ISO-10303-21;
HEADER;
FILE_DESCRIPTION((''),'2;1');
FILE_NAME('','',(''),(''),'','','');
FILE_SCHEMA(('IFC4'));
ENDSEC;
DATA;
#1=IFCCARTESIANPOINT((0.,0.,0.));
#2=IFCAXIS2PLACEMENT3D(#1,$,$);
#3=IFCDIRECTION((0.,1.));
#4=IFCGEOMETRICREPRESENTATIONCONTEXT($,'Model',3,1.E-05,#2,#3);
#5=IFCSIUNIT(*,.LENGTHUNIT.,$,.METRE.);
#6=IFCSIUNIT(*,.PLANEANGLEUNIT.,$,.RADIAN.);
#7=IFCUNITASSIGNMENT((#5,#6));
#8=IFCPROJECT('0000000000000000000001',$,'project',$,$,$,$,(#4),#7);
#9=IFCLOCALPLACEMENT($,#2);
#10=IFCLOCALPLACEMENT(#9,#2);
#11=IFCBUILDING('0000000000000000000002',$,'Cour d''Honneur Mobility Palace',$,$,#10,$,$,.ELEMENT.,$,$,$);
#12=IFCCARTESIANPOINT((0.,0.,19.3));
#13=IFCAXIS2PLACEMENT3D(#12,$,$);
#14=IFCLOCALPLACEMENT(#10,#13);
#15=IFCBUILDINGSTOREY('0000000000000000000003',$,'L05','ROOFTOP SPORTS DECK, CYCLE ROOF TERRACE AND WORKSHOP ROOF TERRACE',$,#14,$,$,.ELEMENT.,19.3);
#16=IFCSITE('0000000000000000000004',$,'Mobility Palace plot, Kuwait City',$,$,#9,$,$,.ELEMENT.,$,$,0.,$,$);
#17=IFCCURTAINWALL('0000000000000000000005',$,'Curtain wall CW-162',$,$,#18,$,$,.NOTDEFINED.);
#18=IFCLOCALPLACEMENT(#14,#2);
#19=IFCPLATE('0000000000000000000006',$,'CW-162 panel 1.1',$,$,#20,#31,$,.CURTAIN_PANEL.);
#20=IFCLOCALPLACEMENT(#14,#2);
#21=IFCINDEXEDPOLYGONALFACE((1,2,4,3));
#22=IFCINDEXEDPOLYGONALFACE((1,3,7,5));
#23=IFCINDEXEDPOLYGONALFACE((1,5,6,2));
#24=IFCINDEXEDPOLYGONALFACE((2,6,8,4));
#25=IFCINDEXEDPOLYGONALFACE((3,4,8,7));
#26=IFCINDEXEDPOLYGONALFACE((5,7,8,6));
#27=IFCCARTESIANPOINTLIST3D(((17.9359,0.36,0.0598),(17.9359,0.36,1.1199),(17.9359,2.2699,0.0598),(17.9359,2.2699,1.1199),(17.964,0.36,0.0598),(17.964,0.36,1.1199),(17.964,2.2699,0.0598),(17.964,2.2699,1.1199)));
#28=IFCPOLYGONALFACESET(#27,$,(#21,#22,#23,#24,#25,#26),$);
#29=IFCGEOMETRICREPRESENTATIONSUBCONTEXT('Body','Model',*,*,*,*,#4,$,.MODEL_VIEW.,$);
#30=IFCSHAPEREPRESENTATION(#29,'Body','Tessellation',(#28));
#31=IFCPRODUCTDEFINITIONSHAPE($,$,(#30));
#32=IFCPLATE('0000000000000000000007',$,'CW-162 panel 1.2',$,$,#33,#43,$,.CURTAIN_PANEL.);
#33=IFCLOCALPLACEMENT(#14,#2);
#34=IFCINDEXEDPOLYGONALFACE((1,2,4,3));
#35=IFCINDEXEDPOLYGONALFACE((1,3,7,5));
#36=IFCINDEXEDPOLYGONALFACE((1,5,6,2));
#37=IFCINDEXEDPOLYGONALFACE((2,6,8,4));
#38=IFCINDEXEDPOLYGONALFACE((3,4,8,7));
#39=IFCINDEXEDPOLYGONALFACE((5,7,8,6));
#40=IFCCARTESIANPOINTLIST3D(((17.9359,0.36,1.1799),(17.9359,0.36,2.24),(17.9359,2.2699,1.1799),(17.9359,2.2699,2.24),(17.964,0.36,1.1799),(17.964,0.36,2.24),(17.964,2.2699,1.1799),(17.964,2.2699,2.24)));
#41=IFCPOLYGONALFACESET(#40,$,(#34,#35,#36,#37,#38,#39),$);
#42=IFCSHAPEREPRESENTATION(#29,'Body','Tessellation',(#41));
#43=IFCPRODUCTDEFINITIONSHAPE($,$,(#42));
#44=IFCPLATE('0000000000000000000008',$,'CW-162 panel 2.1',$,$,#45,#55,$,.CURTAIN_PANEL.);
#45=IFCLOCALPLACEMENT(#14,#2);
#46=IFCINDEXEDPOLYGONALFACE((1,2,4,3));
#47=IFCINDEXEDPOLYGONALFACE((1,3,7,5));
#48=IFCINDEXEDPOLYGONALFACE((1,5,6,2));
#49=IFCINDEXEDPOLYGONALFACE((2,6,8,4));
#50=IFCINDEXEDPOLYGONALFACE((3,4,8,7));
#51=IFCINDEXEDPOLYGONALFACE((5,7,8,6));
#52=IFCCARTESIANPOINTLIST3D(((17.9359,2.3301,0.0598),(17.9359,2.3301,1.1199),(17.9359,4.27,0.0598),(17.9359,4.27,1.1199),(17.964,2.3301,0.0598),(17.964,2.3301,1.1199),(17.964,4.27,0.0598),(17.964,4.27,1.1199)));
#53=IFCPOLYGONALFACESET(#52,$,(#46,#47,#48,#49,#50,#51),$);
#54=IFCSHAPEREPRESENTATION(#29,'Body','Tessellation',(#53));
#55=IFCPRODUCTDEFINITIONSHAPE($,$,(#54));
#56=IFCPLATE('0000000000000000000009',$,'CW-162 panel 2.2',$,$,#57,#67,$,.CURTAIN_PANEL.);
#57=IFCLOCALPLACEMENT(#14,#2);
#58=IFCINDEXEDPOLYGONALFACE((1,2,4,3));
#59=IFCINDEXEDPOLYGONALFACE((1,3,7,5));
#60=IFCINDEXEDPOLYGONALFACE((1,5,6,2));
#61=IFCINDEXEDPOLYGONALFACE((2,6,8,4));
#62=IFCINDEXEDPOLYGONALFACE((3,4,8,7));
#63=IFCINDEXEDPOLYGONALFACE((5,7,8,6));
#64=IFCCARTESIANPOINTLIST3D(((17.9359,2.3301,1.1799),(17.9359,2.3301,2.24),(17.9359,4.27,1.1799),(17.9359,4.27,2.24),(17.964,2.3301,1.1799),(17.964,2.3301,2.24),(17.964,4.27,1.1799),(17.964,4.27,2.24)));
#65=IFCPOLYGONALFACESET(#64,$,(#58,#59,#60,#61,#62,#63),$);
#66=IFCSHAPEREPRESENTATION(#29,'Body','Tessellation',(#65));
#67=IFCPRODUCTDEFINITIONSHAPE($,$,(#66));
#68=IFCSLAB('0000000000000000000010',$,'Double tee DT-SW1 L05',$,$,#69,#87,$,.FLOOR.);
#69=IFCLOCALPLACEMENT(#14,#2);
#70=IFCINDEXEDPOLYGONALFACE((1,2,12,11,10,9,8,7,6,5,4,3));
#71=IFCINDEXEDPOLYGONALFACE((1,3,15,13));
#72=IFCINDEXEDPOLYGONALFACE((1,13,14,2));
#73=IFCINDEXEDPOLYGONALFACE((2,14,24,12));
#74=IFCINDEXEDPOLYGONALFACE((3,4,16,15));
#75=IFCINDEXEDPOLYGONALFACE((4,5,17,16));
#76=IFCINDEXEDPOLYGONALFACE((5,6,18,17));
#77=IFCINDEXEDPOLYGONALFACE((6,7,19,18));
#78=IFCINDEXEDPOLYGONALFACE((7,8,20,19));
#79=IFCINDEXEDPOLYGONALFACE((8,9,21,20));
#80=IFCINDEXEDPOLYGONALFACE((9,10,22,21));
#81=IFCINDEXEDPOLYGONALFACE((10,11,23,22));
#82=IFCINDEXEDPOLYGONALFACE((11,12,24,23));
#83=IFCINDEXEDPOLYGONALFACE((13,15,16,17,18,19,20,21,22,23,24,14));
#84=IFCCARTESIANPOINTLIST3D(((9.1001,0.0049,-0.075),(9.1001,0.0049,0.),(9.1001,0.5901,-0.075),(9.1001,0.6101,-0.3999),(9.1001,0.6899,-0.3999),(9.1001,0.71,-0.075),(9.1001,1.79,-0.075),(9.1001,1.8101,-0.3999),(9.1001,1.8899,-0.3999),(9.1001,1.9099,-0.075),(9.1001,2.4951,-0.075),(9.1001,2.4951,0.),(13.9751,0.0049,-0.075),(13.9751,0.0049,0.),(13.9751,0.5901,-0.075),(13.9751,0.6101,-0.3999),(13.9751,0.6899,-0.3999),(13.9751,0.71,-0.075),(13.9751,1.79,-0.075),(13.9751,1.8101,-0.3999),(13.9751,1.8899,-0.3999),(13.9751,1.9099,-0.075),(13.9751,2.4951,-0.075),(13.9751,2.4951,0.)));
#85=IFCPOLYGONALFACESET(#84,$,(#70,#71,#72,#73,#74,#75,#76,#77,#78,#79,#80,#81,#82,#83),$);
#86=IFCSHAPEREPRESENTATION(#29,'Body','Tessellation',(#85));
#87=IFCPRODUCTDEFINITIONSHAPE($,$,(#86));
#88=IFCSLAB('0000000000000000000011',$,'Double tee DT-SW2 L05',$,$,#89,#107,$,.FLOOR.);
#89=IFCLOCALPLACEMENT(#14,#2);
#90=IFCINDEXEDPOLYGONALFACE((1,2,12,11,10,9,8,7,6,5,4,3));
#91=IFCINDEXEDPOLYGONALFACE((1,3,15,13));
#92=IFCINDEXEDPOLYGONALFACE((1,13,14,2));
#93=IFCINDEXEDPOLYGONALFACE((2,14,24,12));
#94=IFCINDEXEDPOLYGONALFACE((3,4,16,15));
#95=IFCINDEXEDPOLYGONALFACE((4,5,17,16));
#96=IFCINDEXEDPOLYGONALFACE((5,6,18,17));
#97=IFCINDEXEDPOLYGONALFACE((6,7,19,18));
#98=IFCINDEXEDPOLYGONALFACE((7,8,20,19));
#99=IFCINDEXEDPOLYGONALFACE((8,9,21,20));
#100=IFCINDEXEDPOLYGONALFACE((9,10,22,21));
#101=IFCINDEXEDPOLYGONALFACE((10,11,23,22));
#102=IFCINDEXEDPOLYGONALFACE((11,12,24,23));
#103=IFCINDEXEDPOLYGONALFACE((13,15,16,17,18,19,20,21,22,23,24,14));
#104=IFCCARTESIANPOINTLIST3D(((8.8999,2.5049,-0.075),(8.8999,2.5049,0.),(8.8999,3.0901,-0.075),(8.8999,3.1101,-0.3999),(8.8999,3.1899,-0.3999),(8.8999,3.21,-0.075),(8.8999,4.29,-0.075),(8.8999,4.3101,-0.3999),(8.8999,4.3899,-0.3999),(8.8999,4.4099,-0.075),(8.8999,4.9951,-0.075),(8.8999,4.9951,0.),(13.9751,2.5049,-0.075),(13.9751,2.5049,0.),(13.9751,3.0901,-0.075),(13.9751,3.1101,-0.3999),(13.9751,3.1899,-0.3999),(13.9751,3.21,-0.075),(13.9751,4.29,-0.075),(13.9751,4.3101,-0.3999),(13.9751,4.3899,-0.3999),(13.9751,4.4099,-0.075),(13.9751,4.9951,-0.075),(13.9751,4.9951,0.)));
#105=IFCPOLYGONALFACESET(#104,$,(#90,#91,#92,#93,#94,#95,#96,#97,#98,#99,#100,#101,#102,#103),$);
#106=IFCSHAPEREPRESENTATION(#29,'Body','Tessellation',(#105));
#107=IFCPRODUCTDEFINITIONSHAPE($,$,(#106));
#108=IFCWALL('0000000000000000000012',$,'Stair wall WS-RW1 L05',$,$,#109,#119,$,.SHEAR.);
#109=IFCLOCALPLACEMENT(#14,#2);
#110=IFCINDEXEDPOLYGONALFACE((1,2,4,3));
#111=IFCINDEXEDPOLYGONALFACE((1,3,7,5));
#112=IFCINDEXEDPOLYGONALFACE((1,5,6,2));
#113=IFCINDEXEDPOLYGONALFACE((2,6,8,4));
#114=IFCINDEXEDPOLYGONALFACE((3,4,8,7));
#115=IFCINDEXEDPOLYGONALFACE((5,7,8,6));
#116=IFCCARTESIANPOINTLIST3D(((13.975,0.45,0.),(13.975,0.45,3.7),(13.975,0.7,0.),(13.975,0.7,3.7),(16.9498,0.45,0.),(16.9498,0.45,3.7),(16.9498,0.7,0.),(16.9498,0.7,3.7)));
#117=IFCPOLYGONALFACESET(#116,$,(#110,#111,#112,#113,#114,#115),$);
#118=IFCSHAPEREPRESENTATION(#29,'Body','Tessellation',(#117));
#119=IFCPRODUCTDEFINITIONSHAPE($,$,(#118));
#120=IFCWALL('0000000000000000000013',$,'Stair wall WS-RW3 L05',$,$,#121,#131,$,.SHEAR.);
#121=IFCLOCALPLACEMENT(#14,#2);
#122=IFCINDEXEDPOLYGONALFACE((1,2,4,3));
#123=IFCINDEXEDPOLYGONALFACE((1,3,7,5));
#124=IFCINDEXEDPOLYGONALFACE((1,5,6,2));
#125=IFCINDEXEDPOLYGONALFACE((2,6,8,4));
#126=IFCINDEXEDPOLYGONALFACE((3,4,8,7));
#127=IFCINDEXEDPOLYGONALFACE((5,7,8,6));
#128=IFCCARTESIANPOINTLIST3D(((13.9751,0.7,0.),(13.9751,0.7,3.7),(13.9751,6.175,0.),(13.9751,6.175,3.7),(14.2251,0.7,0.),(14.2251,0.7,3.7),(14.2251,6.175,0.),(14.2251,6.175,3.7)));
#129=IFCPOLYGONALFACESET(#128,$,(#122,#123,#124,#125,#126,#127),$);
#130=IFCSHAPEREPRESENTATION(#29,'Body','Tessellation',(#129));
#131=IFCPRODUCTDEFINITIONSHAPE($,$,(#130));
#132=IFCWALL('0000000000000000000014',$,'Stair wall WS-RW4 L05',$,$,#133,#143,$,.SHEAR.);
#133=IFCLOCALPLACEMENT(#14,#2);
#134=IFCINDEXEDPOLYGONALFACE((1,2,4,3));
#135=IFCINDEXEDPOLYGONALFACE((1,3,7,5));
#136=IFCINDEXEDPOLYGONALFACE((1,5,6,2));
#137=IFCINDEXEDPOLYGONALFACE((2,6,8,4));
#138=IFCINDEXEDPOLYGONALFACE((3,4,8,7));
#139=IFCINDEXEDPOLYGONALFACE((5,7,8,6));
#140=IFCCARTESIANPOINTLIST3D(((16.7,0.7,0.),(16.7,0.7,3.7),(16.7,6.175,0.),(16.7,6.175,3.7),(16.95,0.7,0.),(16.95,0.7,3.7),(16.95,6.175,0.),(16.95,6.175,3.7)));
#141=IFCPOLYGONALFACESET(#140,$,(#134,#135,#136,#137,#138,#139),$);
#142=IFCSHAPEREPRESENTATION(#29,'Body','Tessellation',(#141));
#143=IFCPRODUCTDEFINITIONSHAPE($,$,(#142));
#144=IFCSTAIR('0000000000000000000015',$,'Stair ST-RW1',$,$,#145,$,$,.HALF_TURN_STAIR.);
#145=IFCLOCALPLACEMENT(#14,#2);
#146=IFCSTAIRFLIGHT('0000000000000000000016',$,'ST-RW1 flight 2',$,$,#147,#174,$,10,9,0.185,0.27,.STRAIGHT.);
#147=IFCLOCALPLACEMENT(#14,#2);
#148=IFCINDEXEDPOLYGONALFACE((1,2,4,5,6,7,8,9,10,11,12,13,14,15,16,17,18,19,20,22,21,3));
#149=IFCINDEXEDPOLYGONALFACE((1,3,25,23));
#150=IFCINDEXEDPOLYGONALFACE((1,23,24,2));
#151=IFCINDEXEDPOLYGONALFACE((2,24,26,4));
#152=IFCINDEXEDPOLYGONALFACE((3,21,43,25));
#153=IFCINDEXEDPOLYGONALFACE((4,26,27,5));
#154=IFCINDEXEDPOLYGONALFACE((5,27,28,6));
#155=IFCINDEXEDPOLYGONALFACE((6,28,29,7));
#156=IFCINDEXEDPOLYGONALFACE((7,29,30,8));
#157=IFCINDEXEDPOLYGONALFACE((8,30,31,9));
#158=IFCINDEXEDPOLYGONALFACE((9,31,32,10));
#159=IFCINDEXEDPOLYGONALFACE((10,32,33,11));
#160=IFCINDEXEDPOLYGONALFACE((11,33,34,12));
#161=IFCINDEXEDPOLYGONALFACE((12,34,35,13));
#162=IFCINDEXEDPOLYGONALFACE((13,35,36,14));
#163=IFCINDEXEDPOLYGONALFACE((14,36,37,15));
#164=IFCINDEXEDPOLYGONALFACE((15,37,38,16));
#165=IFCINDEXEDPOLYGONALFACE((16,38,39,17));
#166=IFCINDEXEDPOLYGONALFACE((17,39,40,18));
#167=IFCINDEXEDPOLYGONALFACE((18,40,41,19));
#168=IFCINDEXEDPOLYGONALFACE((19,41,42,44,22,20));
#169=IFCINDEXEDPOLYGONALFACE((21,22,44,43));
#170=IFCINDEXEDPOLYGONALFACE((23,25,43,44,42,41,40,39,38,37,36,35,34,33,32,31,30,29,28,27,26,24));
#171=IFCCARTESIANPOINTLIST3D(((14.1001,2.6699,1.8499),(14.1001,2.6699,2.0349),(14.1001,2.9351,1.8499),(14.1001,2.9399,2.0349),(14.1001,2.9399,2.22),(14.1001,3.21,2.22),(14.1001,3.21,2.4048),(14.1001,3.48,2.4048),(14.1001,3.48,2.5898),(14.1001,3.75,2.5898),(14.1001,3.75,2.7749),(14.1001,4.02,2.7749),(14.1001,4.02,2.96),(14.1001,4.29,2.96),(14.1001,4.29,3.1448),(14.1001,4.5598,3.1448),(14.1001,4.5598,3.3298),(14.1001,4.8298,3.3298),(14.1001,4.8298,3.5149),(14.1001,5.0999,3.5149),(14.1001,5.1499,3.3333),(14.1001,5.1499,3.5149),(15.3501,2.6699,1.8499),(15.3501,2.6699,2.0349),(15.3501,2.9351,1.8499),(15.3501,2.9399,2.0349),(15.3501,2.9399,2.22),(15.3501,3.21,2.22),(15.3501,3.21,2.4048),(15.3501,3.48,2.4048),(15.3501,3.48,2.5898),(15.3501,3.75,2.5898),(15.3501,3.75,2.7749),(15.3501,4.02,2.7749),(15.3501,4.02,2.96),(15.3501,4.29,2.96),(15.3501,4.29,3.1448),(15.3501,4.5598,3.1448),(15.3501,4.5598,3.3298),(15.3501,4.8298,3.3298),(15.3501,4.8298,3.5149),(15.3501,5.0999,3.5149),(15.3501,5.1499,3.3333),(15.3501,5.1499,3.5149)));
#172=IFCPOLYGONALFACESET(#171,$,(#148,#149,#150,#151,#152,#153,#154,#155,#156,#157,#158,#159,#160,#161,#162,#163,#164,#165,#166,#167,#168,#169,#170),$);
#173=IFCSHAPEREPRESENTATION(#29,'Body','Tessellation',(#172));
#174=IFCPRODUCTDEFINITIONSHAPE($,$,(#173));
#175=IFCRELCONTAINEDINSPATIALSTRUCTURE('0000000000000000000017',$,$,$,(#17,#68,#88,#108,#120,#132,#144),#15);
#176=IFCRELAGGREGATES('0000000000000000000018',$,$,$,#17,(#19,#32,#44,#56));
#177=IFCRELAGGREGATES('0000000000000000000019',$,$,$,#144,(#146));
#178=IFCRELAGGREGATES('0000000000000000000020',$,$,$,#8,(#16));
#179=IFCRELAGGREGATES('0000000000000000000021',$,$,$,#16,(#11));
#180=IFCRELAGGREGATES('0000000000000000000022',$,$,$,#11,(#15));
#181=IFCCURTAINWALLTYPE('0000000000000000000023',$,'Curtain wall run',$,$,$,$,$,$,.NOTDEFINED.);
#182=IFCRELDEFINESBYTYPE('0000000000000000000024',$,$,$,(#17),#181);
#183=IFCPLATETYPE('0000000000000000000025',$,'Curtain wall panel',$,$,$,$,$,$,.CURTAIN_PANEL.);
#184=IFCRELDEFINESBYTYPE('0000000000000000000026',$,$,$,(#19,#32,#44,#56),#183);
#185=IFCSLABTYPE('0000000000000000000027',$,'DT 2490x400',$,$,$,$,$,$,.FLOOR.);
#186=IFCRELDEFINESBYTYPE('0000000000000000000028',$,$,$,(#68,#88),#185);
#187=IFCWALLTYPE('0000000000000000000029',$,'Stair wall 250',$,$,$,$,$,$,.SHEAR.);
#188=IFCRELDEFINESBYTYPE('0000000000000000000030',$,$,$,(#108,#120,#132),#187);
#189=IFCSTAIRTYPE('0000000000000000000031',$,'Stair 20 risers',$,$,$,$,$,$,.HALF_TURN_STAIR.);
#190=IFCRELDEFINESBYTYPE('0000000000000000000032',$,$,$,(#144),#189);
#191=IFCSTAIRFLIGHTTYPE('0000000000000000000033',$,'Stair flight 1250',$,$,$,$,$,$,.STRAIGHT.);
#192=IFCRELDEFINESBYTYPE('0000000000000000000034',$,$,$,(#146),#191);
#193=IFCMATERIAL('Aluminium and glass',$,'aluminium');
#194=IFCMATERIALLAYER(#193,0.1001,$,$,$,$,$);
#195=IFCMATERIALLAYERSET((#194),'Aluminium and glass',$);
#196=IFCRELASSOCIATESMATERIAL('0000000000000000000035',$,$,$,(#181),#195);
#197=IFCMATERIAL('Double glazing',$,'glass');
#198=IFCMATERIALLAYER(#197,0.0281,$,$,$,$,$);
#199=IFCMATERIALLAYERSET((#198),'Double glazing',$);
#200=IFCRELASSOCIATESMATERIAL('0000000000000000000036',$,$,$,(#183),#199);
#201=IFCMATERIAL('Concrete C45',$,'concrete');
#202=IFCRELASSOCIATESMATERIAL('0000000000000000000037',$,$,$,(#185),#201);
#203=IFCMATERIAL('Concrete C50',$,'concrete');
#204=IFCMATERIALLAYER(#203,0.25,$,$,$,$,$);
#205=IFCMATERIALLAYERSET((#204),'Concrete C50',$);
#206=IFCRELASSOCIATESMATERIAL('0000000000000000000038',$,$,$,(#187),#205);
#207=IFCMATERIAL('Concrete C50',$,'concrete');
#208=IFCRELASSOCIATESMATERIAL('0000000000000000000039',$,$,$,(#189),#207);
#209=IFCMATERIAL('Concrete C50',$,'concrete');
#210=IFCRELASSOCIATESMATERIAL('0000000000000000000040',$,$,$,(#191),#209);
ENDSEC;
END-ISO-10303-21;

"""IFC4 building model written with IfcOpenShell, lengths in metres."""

from ifc_helpers import new_model, si_unit, direction, frame, frame_2d, origin, origin_2d, place, context, subcontext, project, spatial, polyline, rectangle, outline, extrude, material, layer, layer_set, material_profile, profile_set, type_object, element, aggregate, save


model = new_model("IFC4")

# Units and contexts
model_context = context("Model", 3, precision=1e-05, world=origin(), true_north=direction((0.0, 1.0)))
body_context = subcontext(model_context, "Body", "Model", "MODEL_VIEW")
ifc_project = project(units=[si_unit("LENGTHUNIT", "METRE"), si_unit("PLANEANGLEUNIT", "RADIAN")], contexts=[model_context])

# Site, building, storey
site_placement = place(None, origin())
site = spatial("IfcSite", under=ifc_project, at=site_placement, Name="Mobility Palace plot, Kuwait City", CompositionType="ELEMENT", RefElevation=0.0)
building_placement = place(site_placement, origin())
building = spatial("IfcBuilding", under=site, at=building_placement, Name="Cour d'Honneur Mobility Palace", CompositionType="ELEMENT")
storey_placement = place(building_placement, frame((0.0, 0.0, 19.3)))
storey = spatial("IfcBuildingStorey", under=building, at=storey_placement, Name="L05", Description="ROOFTOP SPORTS DECK, CYCLE ROOF TERRACE AND WORKSHOP ROOF TERRACE", CompositionType="ELEMENT", Elevation=19.3)

# Curtain wall
ifc_material_1 = material(Name="Aluminium and glass", Category="aluminium")
ifc_layer_1 = layer(ifc_material_1, 0.1001)
ifc_layer_set_1 = layer_set([ifc_layer_1], Name="Aluminium and glass")
curtain_wall_type = type_object("IfcCurtainWallType", Name="Curtain wall run", PredefinedType="NOTDEFINED", material=ifc_layer_set_1)
curtain_wall_placement = place(storey_placement, origin())
curtain_wall = element("IfcCurtainWall", 1, at=curtain_wall_placement, inside=storey, type_object=curtain_wall_type, Name="Curtain wall CW-162", PredefinedType="NOTDEFINED")

# Plates
ifc_material_2 = material(Name="Double glazing", Category="glass")
ifc_layer_2 = layer(ifc_material_2, 0.0281)
ifc_layer_set_2 = layer_set([ifc_layer_2], Name="Double glazing")
plate_type = type_object("IfcPlateType", Name="Curtain wall panel", PredefinedType="CURTAIN_PANEL", material=ifc_layer_set_2)
plate_1_placement = place(storey_placement, frame((17.95, 1.3149, 0.0598), z_axis=(0.0, 0.0, 1.0), x_axis=(0.0, 1.0, 0.0)))
plate_1 = element("IfcPlate", 2, at=plate_1_placement, type_object=plate_type, Name="CW-162 panel 1.1", PredefinedType="CURTAIN_PANEL", context=body_context, shape_type="SweptSolid", body=[
    extrude(rectangle(XDim=1.9099, YDim=0.0281, at=origin_2d()), origin(), (0.0, 0.0, 1.0), 1.0601),
])
plate_2_placement = place(storey_placement, frame((17.95, 1.3149, 1.1799), z_axis=(0.0, 0.0, 1.0), x_axis=(0.0, 1.0, 0.0)))
plate_2 = element("IfcPlate", 3, at=plate_2_placement, type_object=plate_type, Name="CW-162 panel 1.2", PredefinedType="CURTAIN_PANEL", context=body_context, shape_type="SweptSolid", body=[
    extrude(rectangle(XDim=1.9099, YDim=0.0281, at=origin_2d()), origin(), (0.0, 0.0, 1.0), 1.0601),
])
plate_3_placement = place(storey_placement, frame((17.95, 3.3, 0.0598), z_axis=(0.0, 0.0, 1.0), x_axis=(0.0, 1.0, 0.0)))
plate_3 = element("IfcPlate", 4, at=plate_3_placement, type_object=plate_type, Name="CW-162 panel 2.1", PredefinedType="CURTAIN_PANEL", context=body_context, shape_type="SweptSolid", body=[
    extrude(rectangle(XDim=1.9399, YDim=0.0281, at=origin_2d()), origin(), (0.0, 0.0, 1.0), 1.0601),
])
plate_4_placement = place(storey_placement, frame((17.95, 3.3, 1.1799), z_axis=(0.0, 0.0, 1.0), x_axis=(0.0, 1.0, 0.0)))
plate_4 = element("IfcPlate", 5, at=plate_4_placement, type_object=plate_type, Name="CW-162 panel 2.2", PredefinedType="CURTAIN_PANEL", context=body_context, shape_type="SweptSolid", body=[
    extrude(rectangle(XDim=1.9399, YDim=0.0281, at=origin_2d()), origin(), (0.0, 0.0, 1.0), 1.0601),
])
aggregate(curtain_wall, [plate_1, plate_2, plate_3, plate_4])

# Slabs
ifc_material_3 = material(Name="Concrete C45", Category="concrete")
ifc_material_profile_1 = material_profile(ifc_material_3, outline(polyline([(-1.2451, 0.0), (1.2451, 0.0), (1.2451, -0.075), (0.6599, -0.075), (0.6399, -0.3999), (0.5601, -0.3999), (0.54, -0.075), (-0.54, -0.075), (-0.5601, -0.3999), (-0.6399, -0.3999), (-0.6599, -0.075), (-1.2451, -0.075), (-1.2451, 0.0)])), Name="DT 2490x400")
ifc_profile_set_1 = profile_set([ifc_material_profile_1], Name="Concrete C45")
slab_type = type_object("IfcSlabType", Name="DT 2490x400", PredefinedType="FLOOR", material=ifc_profile_set_1)
slab_1_placement = place(storey_placement, frame((9.1001, 1.25, 0.0), z_axis=(1.0, 0.0, 0.0), x_axis=(0.0, 1.0, 0.0)))
element("IfcSlab", 6, at=slab_1_placement, inside=storey, type_object=slab_type, Name="Double tee DT-SW1 L05", PredefinedType="FLOOR", context=body_context, shape_type="SweptSolid", body=[
    extrude(outline(polyline([(-1.2451, 0.0), (1.2451, 0.0), (1.2451, -0.075), (0.6599, -0.075), (0.6399, -0.3999), (0.5601, -0.3999), (0.54, -0.075), (-0.54, -0.075), (-0.5601, -0.3999), (-0.6399, -0.3999), (-0.6599, -0.075), (-1.2451, -0.075), (-1.2451, 0.0)])), origin(), (0.0, 0.0, 1.0), 4.875),
])
slab_2_placement = place(storey_placement, frame((8.8999, 3.75, 0.0), z_axis=(1.0, 0.0, 0.0), x_axis=(0.0, 1.0, 0.0)))
element("IfcSlab", 7, at=slab_2_placement, inside=storey, type_object=slab_type, Name="Double tee DT-SW2 L05", PredefinedType="FLOOR", context=body_context, shape_type="SweptSolid", body=[
    extrude(outline(polyline([(-1.2451, 0.0), (1.2451, 0.0), (1.2451, -0.075), (0.6599, -0.075), (0.6399, -0.3999), (0.5601, -0.3999), (0.54, -0.075), (-0.54, -0.075), (-0.5601, -0.3999), (-0.6399, -0.3999), (-0.6599, -0.075), (-1.2451, -0.075), (-1.2451, 0.0)])), origin(), (0.0, 0.0, 1.0), 5.0752),
])

# Walls
ifc_material_4 = material(Name="Concrete C50", Category="concrete")
ifc_layer_3 = layer(ifc_material_4, 0.25)
ifc_layer_set_3 = layer_set([ifc_layer_3], Name="Concrete C50")
wall_type = type_object("IfcWallType", Name="Stair wall 250", PredefinedType="SHEAR", material=ifc_layer_set_3)
wall_placement = place(storey_placement, frame((13.9751, 0.575, 0.0), z_axis=(0.0, 0.0, 1.0), x_axis=(1.0, 0.0, 0.0)))
element("IfcWall", 8, at=wall_placement, inside=storey, type_object=wall_type, Name="Stair wall WS-RW1 L05", PredefinedType="SHEAR", context=body_context, shape_type="SweptSolid", body=[
    extrude(rectangle(XDim=2.9749, YDim=0.25, at=frame_2d((1.4873, 0.0))), origin(), (0.0, 0.0, 1.0), 3.7),
])
for number, where, z_axis, x_axis, name in (
    (9, (14.1001, 0.7, 0.0), (0.0, 0.0, 1.0), (0.0, 1.0, 0.0), "Stair wall WS-RW3 L05"),
    (10, (16.825, 0.7, 0.0), (0.0, 0.0, 1.0), (0.0, 1.0, 0.0), "Stair wall WS-RW4 L05"),
):
    element("IfcWall", number, at=place(storey_placement, frame(where, z_axis=z_axis, x_axis=x_axis)), inside=storey, type_object=wall_type, Name=name, PredefinedType="SHEAR", context=body_context, shape_type="SweptSolid", body=[
        extrude(rectangle(XDim=5.4751, YDim=0.25, at=frame_2d((2.7375, 0.0))), origin(), (0.0, 0.0, 1.0), 3.7),
    ])

# Stair, stair flight
ifc_material_5 = material(Name="Concrete C50", Category="concrete")
stair_type = type_object("IfcStairType", Name="Stair 20 risers", PredefinedType="HALF_TURN_STAIR", material=ifc_material_5)
stair_placement = place(storey_placement, origin())
stair = element("IfcStair", 11, at=stair_placement, inside=storey, type_object=stair_type, Name="Stair ST-RW1", PredefinedType="HALF_TURN_STAIR")
ifc_material_6 = material(Name="Concrete C50", Category="concrete")
stair_flight_type = type_object("IfcStairFlightType", Name="Stair flight 1250", PredefinedType="STRAIGHT", material=ifc_material_6)
stair_flight_placement = place(storey_placement, frame((14.7251, 2.6699, 1.8499), z_axis=(0.0, 0.0, 1.0), x_axis=(0.0, 1.0, 0.0)))
stair_flight = element("IfcStairFlight", 12, at=stair_flight_placement, type_object=stair_flight_type, Name="ST-RW1 flight 2", NumberOfRisers=10, NumberOfTreads=9, PredefinedType="STRAIGHT", RiserHeight=0.185, TreadLength=0.27, context=body_context, shape_type="SweptSolid", body=[
    extrude(outline(polyline([(0.0, 0.0), (0.0, 0.1851), (0.27, 0.1851), (0.27, 0.3701), (0.54, 0.3701), (0.54, 0.5549), (0.8101, 0.5549), (0.8101, 0.74), (1.0801, 0.74), (1.0801, 0.925), (1.3501, 0.925), (1.3501, 1.1101), (1.6201, 1.1101), (1.6201, 1.2949), (1.8899, 1.2949), (1.8899, 1.48), (2.1599, 1.48), (2.1599, 1.665), (2.4299, 1.665), (2.48, 1.665), (2.48, 1.4834), (0.2651, 0.0), (0.0, 0.0)])), frame((0.0, 0.625, 0.0), z_axis=(0.0, -1.0, 0.0), x_axis=(1.0, 0.0, 0.0)), (0.0, 0.0, 1.0), 1.25),
])
aggregate(stair, [stair_flight])

save(model, "model.ifc")
